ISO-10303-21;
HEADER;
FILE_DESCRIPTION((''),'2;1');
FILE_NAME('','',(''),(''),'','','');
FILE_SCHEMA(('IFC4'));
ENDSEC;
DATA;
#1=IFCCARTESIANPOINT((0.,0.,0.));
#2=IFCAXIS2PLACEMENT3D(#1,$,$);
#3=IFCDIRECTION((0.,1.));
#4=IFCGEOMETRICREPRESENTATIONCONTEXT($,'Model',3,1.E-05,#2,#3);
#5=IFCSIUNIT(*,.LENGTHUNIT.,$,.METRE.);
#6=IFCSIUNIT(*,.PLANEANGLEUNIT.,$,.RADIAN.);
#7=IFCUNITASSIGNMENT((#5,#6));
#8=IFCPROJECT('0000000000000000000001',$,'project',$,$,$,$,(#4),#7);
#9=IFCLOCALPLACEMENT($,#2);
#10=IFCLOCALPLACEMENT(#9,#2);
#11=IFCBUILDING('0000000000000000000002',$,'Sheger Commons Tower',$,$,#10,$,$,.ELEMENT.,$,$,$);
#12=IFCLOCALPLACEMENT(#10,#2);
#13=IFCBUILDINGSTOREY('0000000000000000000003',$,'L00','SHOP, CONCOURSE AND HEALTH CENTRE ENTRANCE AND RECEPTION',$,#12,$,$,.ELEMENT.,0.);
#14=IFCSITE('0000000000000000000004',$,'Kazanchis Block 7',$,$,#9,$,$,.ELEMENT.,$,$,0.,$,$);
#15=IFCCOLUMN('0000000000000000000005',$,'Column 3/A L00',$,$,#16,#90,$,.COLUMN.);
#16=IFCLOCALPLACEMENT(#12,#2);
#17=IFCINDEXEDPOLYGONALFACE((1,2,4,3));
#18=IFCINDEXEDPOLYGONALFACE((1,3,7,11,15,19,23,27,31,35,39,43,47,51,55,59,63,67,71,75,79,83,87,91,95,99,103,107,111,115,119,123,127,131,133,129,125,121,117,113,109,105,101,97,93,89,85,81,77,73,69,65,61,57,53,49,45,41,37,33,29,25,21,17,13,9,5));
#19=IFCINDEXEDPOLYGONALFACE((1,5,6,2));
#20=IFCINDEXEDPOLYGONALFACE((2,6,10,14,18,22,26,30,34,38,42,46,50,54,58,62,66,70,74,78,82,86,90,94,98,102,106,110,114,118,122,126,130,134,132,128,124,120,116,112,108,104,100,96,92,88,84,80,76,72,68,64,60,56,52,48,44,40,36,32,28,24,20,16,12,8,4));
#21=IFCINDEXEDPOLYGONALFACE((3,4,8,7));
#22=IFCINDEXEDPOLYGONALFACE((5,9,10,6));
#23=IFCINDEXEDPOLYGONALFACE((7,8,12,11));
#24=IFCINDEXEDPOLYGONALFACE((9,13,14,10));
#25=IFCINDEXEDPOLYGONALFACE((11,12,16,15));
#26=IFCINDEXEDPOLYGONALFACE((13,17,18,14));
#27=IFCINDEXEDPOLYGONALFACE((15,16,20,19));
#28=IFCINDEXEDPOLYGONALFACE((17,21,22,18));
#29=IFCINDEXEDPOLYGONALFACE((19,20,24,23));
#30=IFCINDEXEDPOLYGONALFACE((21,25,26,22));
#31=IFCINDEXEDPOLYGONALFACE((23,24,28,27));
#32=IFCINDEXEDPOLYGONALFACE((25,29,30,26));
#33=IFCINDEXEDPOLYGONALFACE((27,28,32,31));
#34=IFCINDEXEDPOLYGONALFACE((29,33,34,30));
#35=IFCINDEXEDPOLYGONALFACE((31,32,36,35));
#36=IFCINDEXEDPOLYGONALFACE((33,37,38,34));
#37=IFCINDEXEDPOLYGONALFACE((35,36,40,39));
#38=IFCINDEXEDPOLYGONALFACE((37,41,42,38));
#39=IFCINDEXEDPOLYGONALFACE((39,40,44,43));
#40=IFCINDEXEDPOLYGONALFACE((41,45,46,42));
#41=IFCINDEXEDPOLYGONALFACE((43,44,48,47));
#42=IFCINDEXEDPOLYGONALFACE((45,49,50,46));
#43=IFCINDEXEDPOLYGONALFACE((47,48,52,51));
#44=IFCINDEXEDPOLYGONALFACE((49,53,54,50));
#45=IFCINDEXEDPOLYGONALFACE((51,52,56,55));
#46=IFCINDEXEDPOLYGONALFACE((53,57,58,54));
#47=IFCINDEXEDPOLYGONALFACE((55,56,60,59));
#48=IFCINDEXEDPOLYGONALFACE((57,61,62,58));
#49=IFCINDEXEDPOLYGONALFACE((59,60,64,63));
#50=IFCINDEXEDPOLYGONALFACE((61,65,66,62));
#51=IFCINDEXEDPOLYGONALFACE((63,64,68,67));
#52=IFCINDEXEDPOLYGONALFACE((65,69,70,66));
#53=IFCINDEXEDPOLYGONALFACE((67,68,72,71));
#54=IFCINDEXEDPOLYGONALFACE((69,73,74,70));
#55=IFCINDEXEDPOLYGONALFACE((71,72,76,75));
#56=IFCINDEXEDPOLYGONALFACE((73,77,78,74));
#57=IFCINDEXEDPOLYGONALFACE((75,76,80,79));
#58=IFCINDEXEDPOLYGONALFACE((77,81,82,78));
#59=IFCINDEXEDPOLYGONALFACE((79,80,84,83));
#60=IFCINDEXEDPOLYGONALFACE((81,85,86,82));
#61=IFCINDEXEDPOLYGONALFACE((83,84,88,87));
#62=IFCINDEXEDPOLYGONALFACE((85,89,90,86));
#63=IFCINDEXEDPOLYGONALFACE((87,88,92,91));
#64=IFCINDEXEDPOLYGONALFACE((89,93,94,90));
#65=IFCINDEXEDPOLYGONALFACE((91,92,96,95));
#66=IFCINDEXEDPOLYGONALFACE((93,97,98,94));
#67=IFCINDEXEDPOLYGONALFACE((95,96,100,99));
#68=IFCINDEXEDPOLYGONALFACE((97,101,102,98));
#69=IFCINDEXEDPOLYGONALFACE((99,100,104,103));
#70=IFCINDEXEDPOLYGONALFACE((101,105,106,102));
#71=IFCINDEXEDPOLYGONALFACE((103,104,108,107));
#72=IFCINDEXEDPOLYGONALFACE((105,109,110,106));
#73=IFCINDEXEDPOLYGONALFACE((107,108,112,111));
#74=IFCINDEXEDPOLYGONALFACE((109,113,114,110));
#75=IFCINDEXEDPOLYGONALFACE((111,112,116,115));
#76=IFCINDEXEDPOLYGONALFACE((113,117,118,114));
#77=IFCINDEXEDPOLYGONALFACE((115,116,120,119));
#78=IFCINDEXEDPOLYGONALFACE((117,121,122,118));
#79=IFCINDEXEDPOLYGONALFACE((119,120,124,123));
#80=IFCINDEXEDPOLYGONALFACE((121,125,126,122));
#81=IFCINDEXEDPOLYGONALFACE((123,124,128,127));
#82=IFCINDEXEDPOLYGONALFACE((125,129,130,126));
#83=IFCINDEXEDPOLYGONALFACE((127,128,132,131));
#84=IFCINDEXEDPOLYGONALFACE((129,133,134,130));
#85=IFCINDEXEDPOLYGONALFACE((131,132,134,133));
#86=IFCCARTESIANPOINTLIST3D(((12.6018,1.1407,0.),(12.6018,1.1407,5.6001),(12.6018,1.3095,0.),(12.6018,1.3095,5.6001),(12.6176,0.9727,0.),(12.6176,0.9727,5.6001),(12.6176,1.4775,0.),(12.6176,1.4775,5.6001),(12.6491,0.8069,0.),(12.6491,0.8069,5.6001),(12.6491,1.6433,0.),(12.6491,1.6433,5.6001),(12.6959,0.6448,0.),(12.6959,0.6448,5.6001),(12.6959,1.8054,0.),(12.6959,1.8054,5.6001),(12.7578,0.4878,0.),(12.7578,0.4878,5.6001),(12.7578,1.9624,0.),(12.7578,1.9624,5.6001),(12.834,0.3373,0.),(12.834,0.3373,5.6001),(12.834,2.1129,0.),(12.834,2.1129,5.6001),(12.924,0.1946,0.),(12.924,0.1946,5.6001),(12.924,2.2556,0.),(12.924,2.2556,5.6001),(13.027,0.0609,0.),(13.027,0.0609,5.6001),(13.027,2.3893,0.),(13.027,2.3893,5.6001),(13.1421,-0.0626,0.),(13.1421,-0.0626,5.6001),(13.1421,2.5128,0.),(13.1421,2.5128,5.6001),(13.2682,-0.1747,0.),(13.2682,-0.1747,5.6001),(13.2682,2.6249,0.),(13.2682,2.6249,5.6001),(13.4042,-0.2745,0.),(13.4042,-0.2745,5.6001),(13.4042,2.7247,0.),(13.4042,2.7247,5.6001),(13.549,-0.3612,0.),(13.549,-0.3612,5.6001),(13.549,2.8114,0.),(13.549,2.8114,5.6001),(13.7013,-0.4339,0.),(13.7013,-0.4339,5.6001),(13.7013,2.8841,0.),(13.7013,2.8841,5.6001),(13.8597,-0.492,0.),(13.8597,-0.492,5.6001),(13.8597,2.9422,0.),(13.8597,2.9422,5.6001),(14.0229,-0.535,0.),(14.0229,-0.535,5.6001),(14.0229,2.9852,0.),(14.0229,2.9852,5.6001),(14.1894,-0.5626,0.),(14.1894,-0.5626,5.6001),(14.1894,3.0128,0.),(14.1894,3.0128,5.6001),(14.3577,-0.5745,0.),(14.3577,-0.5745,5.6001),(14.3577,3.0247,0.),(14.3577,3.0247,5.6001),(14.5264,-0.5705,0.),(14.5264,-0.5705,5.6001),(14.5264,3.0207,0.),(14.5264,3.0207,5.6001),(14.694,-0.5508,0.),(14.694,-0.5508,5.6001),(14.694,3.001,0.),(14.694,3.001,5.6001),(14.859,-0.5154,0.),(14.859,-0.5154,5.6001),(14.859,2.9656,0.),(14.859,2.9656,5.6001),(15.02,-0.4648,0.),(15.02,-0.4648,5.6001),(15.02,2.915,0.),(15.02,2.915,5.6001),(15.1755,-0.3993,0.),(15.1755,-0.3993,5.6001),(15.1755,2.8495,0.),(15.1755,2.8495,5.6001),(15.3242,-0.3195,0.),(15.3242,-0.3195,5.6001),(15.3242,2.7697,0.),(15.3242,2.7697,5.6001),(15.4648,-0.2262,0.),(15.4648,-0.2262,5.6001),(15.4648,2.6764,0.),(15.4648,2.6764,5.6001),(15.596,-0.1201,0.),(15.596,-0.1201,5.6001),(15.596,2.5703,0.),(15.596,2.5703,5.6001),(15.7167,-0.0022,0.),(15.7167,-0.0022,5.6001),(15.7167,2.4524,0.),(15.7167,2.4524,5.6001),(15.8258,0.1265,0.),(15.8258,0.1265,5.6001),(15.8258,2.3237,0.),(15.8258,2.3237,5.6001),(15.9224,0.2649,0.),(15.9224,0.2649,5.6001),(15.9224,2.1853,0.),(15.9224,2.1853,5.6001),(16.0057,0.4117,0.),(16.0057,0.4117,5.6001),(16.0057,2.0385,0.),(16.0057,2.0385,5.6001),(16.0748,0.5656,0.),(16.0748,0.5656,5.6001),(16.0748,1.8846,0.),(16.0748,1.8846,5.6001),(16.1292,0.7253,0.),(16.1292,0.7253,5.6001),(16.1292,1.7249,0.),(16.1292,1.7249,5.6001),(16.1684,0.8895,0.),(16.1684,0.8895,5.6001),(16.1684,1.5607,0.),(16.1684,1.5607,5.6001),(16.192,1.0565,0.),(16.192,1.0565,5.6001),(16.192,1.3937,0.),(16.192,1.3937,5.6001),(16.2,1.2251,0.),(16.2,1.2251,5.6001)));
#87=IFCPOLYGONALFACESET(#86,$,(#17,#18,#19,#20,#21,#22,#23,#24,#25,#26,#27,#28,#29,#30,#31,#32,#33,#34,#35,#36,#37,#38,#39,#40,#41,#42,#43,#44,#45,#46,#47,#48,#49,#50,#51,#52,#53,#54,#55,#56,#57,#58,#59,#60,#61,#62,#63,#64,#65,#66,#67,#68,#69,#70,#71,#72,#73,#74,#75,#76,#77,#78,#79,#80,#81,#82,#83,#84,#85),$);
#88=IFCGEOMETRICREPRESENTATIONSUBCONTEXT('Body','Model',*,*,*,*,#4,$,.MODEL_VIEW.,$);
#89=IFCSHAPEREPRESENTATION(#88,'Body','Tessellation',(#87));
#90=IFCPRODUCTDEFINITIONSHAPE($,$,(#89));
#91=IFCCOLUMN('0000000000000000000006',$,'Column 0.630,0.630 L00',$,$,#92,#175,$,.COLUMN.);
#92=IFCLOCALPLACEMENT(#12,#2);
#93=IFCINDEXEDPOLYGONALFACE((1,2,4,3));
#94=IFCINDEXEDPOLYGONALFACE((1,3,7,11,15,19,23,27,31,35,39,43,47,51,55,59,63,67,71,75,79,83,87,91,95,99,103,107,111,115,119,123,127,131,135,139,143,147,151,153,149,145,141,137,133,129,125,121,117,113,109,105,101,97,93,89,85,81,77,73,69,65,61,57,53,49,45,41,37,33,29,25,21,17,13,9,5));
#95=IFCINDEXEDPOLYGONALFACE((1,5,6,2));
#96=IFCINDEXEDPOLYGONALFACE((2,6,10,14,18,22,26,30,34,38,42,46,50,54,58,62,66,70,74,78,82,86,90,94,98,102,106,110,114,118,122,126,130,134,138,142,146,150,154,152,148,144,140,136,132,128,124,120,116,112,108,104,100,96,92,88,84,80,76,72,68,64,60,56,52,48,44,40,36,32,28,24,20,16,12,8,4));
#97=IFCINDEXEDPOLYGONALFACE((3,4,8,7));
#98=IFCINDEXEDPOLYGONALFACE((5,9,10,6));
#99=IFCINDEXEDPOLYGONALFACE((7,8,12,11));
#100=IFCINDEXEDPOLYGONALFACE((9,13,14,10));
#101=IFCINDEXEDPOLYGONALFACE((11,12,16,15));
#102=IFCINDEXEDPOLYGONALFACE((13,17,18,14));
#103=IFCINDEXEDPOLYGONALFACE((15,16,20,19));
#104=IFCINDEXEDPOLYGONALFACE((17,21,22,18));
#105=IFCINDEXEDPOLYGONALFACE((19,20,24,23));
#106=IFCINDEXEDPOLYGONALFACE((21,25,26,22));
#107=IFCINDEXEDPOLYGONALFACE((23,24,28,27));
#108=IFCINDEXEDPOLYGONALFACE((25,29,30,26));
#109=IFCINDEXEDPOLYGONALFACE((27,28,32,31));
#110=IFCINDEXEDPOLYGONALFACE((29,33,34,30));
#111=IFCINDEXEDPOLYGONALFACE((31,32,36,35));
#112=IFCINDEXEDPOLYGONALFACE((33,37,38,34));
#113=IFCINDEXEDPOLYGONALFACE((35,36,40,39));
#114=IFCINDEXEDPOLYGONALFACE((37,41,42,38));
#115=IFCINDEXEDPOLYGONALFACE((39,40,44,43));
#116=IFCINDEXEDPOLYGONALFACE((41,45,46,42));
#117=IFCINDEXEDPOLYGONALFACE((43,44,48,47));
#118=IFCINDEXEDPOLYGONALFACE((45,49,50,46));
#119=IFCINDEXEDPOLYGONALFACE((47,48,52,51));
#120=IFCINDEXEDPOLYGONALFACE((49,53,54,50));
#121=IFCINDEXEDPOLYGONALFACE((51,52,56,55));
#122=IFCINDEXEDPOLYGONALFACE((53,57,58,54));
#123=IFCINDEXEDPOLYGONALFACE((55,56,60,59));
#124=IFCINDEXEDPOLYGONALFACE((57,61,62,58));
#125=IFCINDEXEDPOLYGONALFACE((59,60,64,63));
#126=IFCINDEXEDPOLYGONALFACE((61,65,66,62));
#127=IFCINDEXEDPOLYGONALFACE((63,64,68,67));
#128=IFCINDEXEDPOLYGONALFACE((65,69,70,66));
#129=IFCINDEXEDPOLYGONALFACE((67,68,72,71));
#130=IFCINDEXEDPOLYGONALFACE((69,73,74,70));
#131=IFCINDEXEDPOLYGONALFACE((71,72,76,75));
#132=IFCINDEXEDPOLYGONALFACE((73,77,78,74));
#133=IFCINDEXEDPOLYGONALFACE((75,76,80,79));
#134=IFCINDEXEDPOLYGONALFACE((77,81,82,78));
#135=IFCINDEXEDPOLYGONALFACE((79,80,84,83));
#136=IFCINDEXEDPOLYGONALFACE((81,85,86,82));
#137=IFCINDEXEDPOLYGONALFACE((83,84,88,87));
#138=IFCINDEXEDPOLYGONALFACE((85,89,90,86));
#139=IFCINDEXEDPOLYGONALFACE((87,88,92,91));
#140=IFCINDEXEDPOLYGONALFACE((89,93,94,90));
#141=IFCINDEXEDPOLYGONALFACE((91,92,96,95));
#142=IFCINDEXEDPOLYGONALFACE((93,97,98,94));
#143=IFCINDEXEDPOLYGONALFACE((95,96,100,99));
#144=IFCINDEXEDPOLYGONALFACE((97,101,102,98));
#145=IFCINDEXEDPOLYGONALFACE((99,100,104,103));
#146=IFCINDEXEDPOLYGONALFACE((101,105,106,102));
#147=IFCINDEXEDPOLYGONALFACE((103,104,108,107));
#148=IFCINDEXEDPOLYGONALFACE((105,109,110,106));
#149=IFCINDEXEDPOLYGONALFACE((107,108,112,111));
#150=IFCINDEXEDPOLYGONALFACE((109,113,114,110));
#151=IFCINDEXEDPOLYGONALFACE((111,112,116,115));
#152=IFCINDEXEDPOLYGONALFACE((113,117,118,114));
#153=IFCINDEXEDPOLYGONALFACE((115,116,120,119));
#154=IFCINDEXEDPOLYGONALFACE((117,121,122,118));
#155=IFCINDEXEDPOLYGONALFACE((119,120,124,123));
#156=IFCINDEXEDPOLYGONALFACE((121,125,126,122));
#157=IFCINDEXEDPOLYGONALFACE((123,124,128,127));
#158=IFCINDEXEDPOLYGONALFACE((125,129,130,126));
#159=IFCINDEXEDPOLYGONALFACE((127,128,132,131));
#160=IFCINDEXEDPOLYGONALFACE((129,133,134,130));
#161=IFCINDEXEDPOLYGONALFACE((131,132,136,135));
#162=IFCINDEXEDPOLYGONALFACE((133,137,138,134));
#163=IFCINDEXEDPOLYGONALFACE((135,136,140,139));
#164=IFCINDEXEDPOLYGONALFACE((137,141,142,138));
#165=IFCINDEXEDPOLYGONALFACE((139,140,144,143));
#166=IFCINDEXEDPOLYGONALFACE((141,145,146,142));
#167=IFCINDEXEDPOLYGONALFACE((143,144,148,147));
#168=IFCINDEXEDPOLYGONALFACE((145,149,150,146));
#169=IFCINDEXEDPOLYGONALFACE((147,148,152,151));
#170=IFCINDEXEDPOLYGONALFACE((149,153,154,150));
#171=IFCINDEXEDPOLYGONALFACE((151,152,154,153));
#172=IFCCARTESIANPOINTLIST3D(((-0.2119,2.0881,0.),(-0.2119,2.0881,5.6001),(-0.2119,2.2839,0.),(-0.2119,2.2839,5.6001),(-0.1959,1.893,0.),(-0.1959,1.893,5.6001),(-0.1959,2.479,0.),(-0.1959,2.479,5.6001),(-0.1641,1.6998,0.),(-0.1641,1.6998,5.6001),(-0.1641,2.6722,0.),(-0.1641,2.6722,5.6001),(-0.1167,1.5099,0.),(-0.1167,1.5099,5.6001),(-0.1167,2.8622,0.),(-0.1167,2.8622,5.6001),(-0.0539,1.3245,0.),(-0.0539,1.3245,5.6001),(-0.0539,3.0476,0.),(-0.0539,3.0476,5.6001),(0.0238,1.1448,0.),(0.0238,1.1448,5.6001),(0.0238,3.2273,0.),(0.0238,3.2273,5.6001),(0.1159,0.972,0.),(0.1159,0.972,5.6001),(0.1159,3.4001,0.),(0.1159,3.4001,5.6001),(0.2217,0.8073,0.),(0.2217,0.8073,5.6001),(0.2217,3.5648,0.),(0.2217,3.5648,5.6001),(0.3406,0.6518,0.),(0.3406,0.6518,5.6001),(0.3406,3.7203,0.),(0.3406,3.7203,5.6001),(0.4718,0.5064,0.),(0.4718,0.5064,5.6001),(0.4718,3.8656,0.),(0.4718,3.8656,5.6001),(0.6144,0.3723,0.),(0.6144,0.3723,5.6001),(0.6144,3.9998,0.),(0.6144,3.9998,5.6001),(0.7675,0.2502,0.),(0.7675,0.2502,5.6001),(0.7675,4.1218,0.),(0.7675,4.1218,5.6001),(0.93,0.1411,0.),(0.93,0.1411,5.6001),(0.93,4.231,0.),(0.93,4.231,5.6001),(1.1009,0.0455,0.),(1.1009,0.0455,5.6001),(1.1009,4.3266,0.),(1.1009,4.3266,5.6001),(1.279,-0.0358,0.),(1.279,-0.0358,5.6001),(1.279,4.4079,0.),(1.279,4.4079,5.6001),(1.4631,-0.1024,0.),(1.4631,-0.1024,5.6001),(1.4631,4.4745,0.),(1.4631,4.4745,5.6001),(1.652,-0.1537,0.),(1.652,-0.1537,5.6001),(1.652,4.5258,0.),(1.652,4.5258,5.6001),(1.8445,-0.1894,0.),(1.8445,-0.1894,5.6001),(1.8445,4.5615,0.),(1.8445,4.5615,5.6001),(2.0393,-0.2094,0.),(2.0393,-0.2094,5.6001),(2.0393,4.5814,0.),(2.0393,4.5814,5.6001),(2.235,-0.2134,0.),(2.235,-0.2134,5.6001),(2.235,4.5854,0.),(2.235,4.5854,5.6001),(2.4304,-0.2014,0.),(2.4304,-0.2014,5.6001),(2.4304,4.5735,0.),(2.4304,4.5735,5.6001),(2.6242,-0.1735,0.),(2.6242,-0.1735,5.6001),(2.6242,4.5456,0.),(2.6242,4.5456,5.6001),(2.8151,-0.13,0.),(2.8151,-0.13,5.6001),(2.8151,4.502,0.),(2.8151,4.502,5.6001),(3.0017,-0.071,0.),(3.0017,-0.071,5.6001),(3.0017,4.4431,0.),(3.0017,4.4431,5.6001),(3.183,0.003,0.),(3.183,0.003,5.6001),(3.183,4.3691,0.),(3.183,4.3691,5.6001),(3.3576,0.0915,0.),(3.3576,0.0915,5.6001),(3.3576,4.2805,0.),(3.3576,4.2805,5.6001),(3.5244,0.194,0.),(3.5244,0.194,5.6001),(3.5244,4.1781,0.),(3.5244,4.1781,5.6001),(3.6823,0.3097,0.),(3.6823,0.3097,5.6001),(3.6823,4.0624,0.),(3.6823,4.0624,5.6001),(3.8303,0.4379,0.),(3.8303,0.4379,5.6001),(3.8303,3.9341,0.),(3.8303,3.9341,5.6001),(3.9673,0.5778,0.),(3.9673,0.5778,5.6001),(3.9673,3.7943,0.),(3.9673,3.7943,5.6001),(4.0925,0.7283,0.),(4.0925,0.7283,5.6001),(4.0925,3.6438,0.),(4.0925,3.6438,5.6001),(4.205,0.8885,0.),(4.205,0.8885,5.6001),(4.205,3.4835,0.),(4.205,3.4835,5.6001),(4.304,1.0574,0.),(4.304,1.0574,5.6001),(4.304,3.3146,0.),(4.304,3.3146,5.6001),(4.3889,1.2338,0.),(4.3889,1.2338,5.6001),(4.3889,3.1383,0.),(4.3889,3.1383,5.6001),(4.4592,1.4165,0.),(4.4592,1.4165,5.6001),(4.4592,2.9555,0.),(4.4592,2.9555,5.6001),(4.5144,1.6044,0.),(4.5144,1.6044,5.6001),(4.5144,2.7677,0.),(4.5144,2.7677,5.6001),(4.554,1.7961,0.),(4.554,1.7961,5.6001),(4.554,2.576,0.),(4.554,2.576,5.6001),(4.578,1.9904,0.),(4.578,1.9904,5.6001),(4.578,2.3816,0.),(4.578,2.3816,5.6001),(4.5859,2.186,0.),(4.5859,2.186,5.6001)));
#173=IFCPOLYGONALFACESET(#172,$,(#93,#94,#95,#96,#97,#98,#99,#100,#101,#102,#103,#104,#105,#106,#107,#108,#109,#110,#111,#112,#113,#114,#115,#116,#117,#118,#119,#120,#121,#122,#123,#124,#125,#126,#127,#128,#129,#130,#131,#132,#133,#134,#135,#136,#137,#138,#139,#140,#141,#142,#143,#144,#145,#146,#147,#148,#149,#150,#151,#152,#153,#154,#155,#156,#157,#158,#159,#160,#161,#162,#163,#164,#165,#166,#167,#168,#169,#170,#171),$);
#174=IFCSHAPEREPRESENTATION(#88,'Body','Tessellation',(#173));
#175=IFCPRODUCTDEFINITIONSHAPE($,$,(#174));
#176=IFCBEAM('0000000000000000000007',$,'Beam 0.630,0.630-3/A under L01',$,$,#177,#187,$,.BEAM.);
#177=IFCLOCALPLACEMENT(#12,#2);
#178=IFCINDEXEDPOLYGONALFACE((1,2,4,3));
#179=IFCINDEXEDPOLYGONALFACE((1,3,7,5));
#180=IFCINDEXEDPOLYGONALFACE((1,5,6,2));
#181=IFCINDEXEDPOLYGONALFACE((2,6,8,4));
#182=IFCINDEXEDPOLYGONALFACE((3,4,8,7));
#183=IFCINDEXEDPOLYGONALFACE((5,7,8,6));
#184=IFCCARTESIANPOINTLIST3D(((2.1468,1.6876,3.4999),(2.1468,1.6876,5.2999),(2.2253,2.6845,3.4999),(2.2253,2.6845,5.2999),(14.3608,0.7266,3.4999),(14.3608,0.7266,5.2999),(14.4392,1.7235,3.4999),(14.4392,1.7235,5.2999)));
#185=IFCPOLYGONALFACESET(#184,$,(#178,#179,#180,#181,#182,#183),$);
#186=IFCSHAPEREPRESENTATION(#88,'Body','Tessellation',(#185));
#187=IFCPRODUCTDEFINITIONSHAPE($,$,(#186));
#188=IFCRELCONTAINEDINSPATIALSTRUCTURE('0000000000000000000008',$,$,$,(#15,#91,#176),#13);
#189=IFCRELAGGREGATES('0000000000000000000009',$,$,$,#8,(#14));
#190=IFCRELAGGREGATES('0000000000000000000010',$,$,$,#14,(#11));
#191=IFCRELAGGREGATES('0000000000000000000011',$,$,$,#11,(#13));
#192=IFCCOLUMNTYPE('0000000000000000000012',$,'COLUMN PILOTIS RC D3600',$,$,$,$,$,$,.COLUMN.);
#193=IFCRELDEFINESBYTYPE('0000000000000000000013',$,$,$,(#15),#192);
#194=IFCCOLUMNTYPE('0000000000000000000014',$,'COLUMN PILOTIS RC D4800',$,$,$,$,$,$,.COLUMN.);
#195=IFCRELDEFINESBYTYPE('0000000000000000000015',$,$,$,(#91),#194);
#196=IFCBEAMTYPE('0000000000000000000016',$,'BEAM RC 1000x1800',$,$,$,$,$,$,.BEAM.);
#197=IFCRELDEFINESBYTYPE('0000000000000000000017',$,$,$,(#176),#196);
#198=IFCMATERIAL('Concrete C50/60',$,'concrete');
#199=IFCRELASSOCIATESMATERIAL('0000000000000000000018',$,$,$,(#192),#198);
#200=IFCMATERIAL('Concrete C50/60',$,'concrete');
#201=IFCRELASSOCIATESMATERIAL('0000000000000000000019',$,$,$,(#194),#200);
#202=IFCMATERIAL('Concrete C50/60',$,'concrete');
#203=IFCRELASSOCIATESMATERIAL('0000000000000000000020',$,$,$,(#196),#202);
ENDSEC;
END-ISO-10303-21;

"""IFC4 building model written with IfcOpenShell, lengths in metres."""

from ifc_helpers import new_model, si_unit, direction, frame, origin, origin_2d, place, context, subcontext, project, spatial, rectangle, circle, extrude, material, material_profile, profile_set, type_object, element, save


model = new_model("IFC4")

# Units and contexts
model_context = context("Model", 3, precision=1e-05, world=origin(), true_north=direction((0.0, 1.0)))
body_context = subcontext(model_context, "Body", "Model", "MODEL_VIEW")
ifc_project = project(units=[si_unit("LENGTHUNIT", "METRE"), si_unit("PLANEANGLEUNIT", "RADIAN")], contexts=[model_context])

# Site, building, storey
site_placement = place(None, origin())
site = spatial("IfcSite", under=ifc_project, at=site_placement, Name="Kazanchis Block 7", CompositionType="ELEMENT", RefElevation=0.0)
building_placement = place(site_placement, origin())
building = spatial("IfcBuilding", under=site, at=building_placement, Name="Sheger Commons Tower", CompositionType="ELEMENT")
storey_placement = place(building_placement, origin())
storey = spatial("IfcBuildingStorey", under=building, at=storey_placement, Name="L00", Description="SHOP, CONCOURSE AND HEALTH CENTRE ENTRANCE AND RECEPTION", CompositionType="ELEMENT", Elevation=0.0)

# Columns
ifc_material_1 = material(Name="Concrete C50/60", Category="concrete")
ifc_material_profile_1 = material_profile(ifc_material_1, circle(Radius=1.8, at=origin_2d()), Name="RC D3600")
ifc_profile_set_1 = profile_set([ifc_material_profile_1], Name="Concrete C50/60")
column_type_1 = type_object("IfcColumnType", Name="COLUMN PILOTIS RC D3600", PredefinedType="COLUMN", material=ifc_profile_set_1)
column_1_placement = place(storey_placement, frame((14.3999, 1.2251, 0.0), z_axis=(0.0, 0.0, 1.0), x_axis=(1.0, 0.0, 0.0)))
element("IfcColumn", 1, at=column_1_placement, inside=storey, type_object=column_type_1, Name="Column 3/A L00", PredefinedType="COLUMN", context=body_context, shape_type="SweptSolid", body=[
    extrude(circle(Radius=1.8, at=origin_2d()), origin(), (0.0, 0.0, 1.0), 5.6001),
])
ifc_material_2 = material(Name="Concrete C50/60", Category="concrete")
ifc_material_profile_2 = material_profile(ifc_material_2, circle(Radius=2.3999, at=origin_2d()), Name="RC D4800")
ifc_profile_set_2 = profile_set([ifc_material_profile_2], Name="Concrete C50/60")
column_type_2 = type_object("IfcColumnType", Name="COLUMN PILOTIS RC D4800", PredefinedType="COLUMN", material=ifc_profile_set_2)
column_2_placement = place(storey_placement, frame((2.186, 2.186, 0.0), z_axis=(0.0, 0.0, 1.0), x_axis=(1.0, 0.0, 0.0)))
element("IfcColumn", 2, at=column_2_placement, inside=storey, type_object=column_type_2, Name="Column 0.630,0.630 L00", PredefinedType="COLUMN", context=body_context, shape_type="SweptSolid", body=[
    extrude(circle(Radius=2.3999, at=origin_2d()), origin(), (0.0, 0.0, 1.0), 5.6001),
])

# Beam
ifc_material_3 = material(Name="Concrete C50/60", Category="concrete")
ifc_material_profile_3 = material_profile(ifc_material_3, rectangle(XDim=1.0, YDim=1.8, at=origin_2d()), Name="RC 1000x1800")
ifc_profile_set_3 = profile_set([ifc_material_profile_3], Name="Concrete C50/60")
beam_type = type_object("IfcBeamType", Name="BEAM RC 1000x1800", PredefinedType="BEAM", material=ifc_profile_set_3)
beam_placement = place(storey_placement, frame((2.186, 2.186, 4.3999), z_axis=(0.996919, -0.078434, 0.0), x_axis=(0.078434, 0.996919, 0.0)))
element("IfcBeam", 3, at=beam_placement, inside=storey, type_object=beam_type, Name="Beam 0.630,0.630-3/A under L01", PredefinedType="BEAM", context=body_context, shape_type="SweptSolid", body=[
    extrude(rectangle(XDim=1.0, YDim=1.8, at=origin_2d()), origin(), (0.0, 0.0, 1.0), 12.2517),
])

save(model, "model.ifc")
